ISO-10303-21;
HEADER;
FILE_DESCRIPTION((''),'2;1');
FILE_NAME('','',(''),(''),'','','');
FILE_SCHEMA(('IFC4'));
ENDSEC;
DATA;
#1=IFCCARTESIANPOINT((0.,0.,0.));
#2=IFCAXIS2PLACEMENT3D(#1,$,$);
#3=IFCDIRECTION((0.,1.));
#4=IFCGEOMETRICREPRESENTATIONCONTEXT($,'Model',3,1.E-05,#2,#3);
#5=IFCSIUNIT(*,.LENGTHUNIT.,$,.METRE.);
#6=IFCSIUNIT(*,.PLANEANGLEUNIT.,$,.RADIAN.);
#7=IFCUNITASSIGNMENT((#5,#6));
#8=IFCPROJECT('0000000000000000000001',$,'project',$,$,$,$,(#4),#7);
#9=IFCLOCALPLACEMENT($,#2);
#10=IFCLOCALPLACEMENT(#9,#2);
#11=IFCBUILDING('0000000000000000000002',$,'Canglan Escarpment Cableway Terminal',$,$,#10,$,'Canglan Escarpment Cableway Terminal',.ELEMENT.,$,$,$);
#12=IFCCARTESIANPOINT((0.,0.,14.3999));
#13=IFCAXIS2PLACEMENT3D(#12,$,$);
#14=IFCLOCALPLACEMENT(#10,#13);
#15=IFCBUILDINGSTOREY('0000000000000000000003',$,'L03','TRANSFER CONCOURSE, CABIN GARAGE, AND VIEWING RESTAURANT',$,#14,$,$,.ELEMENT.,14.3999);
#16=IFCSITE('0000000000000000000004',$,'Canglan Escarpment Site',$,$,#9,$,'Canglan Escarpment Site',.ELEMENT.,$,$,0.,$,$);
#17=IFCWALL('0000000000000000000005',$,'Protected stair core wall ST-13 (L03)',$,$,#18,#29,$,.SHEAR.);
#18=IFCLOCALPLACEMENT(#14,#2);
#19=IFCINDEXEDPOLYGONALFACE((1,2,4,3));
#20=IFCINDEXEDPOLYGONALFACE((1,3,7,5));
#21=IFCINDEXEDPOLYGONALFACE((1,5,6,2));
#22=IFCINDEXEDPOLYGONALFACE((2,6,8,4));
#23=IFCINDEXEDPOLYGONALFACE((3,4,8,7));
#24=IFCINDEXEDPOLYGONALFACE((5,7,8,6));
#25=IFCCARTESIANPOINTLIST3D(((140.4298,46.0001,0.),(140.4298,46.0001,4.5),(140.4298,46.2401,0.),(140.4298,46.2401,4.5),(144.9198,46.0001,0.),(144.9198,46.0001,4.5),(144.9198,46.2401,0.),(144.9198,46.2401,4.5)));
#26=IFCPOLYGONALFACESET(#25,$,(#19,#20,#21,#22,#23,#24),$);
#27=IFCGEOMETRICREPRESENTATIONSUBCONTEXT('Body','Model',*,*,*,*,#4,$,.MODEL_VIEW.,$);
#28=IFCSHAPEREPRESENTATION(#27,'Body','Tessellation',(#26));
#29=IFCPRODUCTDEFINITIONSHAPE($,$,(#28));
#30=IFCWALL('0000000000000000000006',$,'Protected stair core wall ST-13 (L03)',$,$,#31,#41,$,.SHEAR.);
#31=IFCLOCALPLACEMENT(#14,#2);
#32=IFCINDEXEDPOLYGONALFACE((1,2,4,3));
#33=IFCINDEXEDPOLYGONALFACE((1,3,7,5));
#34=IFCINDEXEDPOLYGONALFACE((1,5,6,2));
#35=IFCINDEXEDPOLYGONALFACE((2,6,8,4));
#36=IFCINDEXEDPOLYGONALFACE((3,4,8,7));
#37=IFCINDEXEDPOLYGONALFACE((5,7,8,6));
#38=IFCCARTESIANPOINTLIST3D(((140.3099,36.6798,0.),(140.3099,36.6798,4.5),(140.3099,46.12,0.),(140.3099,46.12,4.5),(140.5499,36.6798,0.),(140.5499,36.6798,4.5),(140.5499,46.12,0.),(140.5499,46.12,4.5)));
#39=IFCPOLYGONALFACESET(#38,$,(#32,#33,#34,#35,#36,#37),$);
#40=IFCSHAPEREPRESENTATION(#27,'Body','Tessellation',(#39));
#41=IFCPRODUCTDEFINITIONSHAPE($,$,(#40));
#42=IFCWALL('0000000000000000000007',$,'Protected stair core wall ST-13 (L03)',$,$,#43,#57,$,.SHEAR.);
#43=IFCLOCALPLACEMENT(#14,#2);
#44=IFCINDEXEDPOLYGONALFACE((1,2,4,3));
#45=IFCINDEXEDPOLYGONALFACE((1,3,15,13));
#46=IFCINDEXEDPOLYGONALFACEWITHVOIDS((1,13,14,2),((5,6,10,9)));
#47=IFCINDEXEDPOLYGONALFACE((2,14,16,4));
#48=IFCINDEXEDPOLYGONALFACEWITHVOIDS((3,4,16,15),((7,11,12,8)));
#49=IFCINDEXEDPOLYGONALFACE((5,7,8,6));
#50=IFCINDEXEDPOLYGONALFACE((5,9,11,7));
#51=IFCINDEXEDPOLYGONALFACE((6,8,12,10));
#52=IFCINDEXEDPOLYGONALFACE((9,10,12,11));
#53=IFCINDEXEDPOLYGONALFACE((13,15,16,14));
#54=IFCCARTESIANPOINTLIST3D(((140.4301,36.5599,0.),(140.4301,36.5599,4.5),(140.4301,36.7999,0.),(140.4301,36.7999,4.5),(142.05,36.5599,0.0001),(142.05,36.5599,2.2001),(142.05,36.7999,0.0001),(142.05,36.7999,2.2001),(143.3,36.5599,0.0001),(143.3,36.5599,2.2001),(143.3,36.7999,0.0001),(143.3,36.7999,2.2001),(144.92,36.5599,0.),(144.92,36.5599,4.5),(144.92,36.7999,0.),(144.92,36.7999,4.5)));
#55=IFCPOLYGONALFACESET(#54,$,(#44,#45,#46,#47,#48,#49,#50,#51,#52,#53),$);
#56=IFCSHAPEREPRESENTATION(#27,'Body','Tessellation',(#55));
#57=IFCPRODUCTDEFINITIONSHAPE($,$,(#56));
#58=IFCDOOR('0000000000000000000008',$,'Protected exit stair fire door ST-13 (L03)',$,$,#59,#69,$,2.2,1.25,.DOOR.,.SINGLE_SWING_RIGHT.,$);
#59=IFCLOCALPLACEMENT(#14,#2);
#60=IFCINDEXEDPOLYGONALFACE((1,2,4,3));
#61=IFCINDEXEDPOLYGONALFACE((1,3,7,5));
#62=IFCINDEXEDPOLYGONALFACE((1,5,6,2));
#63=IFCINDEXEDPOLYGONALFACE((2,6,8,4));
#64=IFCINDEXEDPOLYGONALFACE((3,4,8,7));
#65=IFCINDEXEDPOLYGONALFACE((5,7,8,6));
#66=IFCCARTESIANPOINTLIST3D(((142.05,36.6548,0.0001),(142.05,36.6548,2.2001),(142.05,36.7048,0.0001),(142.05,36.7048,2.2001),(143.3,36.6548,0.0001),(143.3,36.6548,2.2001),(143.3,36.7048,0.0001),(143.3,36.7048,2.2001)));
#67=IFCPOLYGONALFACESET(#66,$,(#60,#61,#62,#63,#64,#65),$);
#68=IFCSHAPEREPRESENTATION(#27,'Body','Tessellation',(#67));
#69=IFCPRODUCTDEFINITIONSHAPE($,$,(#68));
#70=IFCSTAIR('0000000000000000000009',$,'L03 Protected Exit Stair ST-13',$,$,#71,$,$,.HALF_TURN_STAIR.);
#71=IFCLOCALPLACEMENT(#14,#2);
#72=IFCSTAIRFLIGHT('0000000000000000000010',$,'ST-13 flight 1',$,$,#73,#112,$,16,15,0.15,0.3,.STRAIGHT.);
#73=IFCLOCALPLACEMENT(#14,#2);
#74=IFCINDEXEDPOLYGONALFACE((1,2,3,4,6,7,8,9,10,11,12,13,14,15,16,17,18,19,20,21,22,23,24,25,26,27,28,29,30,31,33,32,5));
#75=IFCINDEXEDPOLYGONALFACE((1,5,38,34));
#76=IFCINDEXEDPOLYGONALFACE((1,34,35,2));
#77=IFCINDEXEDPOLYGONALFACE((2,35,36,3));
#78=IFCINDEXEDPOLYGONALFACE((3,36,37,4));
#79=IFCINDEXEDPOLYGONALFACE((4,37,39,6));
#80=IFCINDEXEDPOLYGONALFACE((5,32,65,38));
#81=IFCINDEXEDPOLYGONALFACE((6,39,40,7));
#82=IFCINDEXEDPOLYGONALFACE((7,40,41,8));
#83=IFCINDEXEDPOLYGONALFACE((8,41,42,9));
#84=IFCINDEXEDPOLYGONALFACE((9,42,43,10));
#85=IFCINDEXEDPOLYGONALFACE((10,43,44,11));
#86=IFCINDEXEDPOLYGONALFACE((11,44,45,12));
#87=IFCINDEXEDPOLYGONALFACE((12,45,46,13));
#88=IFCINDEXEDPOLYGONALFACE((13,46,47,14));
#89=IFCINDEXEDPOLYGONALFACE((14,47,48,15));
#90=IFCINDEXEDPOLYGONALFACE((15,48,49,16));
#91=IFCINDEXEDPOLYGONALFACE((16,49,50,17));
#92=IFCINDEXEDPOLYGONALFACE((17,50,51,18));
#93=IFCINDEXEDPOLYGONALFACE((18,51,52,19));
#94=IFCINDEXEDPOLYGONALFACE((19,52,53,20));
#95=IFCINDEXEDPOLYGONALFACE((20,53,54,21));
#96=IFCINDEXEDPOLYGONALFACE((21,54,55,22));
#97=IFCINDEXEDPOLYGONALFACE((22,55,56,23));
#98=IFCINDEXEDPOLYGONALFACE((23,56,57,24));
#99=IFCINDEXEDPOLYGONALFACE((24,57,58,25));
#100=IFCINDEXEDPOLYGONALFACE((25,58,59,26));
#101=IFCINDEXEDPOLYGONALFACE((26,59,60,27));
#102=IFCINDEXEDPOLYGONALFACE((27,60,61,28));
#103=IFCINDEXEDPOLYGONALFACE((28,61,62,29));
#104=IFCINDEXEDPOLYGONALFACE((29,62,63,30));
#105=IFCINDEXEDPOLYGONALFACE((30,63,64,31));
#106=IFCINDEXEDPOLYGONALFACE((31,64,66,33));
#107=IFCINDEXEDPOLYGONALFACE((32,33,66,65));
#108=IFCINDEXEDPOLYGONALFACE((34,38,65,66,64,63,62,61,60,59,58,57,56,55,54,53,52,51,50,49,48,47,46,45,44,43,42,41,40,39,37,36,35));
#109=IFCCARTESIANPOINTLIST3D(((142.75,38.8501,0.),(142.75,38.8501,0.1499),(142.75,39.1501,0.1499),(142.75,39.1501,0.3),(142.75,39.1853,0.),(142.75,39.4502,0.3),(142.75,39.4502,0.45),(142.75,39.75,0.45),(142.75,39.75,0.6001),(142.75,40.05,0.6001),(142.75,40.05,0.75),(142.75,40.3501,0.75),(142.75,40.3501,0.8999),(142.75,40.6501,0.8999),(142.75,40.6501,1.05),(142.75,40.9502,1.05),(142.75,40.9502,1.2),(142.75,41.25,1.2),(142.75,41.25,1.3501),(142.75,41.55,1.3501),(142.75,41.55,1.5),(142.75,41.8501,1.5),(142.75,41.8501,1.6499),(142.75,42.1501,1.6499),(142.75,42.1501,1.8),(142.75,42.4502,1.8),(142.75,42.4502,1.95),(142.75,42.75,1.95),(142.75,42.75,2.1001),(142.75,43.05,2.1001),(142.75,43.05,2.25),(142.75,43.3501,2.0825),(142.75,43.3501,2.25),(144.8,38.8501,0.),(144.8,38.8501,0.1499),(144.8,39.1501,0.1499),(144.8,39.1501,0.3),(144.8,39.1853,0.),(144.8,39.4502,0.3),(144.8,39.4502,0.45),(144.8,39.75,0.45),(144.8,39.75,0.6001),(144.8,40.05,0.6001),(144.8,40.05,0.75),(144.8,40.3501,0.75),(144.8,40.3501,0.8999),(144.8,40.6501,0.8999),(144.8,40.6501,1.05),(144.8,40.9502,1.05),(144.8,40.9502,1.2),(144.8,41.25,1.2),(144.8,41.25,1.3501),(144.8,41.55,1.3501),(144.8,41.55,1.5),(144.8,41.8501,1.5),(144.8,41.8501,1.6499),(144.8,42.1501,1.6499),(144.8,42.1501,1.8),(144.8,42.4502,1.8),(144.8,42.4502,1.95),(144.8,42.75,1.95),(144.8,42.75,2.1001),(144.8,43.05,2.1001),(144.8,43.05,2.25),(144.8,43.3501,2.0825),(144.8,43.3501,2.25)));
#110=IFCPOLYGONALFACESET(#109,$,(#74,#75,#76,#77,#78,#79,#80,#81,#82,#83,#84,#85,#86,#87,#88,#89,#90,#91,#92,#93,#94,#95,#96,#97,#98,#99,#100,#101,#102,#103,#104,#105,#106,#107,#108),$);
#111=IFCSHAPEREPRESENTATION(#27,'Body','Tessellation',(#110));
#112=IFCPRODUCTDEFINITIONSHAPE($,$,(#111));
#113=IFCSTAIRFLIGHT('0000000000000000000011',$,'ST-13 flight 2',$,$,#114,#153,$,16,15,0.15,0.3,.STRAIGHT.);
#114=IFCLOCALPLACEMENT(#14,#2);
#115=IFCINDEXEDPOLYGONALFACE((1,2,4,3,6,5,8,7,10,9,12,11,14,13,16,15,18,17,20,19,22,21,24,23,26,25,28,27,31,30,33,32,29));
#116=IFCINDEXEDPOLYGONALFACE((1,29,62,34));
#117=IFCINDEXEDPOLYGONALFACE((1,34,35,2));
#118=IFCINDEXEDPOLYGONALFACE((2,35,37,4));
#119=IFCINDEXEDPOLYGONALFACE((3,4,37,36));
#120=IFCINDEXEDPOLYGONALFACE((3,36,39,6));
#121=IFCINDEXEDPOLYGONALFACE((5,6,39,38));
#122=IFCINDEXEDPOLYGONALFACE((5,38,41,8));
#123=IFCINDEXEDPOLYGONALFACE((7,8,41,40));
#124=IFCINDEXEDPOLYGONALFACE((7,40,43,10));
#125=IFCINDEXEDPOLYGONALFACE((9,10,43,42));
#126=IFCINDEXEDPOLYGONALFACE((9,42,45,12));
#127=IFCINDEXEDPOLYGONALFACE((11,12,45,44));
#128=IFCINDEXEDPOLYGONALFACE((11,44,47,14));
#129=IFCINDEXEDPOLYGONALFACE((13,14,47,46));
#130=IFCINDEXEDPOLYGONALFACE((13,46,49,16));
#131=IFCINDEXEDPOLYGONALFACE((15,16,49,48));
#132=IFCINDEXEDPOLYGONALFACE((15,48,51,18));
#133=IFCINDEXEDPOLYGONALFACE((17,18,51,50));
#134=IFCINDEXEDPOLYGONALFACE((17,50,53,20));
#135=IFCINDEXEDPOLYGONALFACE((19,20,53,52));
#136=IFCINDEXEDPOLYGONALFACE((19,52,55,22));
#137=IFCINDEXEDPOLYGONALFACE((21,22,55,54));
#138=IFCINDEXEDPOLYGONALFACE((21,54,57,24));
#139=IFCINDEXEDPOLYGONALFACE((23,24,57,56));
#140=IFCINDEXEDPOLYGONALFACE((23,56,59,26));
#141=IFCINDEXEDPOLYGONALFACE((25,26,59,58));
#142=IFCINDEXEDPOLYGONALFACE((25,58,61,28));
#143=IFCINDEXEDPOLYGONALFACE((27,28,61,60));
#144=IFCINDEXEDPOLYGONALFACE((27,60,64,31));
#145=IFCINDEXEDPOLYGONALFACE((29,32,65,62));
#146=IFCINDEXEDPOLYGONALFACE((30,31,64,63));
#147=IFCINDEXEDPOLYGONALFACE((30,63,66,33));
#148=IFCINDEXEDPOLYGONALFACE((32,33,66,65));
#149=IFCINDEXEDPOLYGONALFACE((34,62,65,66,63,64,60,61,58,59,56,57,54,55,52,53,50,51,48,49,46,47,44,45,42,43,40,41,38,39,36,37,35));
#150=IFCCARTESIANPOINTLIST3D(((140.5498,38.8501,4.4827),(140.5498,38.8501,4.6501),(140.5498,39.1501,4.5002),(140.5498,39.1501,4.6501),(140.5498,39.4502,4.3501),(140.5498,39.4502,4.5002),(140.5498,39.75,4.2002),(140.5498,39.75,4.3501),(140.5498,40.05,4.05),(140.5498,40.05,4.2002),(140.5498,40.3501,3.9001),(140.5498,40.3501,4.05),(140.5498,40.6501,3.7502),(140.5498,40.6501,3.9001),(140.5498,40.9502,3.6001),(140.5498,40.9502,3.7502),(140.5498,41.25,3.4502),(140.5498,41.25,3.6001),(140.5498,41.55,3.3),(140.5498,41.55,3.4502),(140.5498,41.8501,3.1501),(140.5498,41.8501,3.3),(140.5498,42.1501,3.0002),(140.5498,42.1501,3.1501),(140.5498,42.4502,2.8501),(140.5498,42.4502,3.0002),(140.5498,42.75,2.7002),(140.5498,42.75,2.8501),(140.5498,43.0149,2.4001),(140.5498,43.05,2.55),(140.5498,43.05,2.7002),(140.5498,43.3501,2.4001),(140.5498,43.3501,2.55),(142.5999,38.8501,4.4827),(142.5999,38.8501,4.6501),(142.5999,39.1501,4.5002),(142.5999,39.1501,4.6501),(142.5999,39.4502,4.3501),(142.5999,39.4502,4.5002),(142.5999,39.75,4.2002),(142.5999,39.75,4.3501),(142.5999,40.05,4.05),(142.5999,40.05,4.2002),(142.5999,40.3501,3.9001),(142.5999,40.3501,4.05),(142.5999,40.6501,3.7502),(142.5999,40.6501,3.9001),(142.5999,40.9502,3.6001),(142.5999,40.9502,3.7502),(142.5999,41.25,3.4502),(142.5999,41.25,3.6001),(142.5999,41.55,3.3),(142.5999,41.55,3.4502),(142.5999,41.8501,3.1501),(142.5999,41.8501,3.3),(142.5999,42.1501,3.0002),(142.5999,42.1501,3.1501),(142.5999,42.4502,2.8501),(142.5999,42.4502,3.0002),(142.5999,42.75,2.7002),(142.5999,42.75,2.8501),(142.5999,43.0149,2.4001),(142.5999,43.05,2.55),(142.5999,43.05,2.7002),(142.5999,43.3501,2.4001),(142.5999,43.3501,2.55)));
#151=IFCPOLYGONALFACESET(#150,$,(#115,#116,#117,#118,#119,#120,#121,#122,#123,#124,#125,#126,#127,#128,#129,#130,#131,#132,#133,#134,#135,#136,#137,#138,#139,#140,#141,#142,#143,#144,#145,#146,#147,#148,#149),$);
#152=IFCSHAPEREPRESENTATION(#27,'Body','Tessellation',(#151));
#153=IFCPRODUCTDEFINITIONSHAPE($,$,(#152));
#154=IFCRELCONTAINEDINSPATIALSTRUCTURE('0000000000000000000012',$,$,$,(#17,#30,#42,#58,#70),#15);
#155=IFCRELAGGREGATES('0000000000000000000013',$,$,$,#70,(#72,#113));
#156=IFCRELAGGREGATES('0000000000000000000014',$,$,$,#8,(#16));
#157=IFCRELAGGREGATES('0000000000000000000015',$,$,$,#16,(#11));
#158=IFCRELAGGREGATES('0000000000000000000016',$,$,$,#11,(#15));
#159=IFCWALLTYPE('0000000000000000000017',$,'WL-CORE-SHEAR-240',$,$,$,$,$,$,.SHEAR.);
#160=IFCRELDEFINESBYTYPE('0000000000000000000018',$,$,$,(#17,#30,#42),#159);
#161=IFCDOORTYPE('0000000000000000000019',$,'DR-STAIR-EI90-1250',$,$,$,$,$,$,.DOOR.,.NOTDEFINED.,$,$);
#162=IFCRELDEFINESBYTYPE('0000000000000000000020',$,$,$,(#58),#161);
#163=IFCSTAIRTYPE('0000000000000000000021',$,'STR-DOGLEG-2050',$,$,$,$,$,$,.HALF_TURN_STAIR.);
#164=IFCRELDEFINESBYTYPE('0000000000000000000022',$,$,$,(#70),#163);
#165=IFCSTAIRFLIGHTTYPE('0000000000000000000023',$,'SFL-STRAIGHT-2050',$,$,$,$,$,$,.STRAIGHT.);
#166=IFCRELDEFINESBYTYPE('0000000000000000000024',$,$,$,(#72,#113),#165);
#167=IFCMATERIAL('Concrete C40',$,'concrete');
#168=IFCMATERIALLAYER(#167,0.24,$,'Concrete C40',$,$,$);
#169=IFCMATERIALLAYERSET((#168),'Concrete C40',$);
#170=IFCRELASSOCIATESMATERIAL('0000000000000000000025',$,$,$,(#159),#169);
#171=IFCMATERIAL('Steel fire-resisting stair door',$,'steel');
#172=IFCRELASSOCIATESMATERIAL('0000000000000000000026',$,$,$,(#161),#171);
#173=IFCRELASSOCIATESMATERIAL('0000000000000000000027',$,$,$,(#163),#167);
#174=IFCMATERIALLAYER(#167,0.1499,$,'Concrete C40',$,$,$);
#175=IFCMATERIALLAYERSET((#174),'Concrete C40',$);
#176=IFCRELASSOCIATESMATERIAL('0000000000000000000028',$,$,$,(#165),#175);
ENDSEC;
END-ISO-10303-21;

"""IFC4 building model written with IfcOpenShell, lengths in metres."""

from ifc_helpers import new_model, si_unit, direction, frame, frame_2d, origin, place, context, subcontext, project, spatial, polyline, rectangle, outline, extrude, material, layer, layer_set, type_object, element, fill, aggregate, save


model = new_model("IFC4")

# Units and contexts
model_context = context("Model", 3, precision=1e-05, world=origin(), true_north=direction((0.0, 1.0)))
body_context = subcontext(model_context, "Body", "Model", "MODEL_VIEW")
ifc_project = project(units=[si_unit("LENGTHUNIT", "METRE"), si_unit("PLANEANGLEUNIT", "RADIAN")], contexts=[model_context])

# Site, building, storey
site_placement = place(None, origin())
site = spatial("IfcSite", under=ifc_project, at=site_placement, Name="Canglan Escarpment Site", LongName="Canglan Escarpment Site", CompositionType="ELEMENT", RefElevation=0.0)
building_placement = place(site_placement, origin())
building = spatial("IfcBuilding", under=site, at=building_placement, Name="Canglan Escarpment Cableway Terminal", LongName="Canglan Escarpment Cableway Terminal", CompositionType="ELEMENT")
storey_placement = place(building_placement, frame((0.0, 0.0, 14.3999)))
storey = spatial("IfcBuildingStorey", under=building, at=storey_placement, Name="L03", Description="TRANSFER CONCOURSE, CABIN GARAGE, AND VIEWING RESTAURANT", CompositionType="ELEMENT", Elevation=14.3999)

# Shared definitions
ifc_material_1 = material(Name="Concrete C40", Category="concrete")

# Walls
ifc_layer_1 = layer(ifc_material_1, 0.24, Name="Concrete C40")
ifc_layer_set_1 = layer_set([ifc_layer_1], Name="Concrete C40")
wall_type_1 = type_object("IfcWallType", Name="WL-CORE-SHEAR-240", PredefinedType="SHEAR", material=ifc_layer_set_1)
wall_1_placement = place(storey_placement, frame((144.9199, 46.1201, 0.0), z_axis=(0.0, 0.0, 1.0), x_axis=(-1.0, 0.0, 0.0)))
element("IfcWall", 1, at=wall_1_placement, inside=storey, type_object=wall_type_1, Name="Protected stair core wall ST-13 (L03)", PredefinedType="SHEAR", context=body_context, shape_type="SweptSolid", body=[
    extrude(rectangle(XDim=4.49, YDim=0.24, at=frame_2d((2.2451, 0.0))), origin(), (0.0, 0.0, 1.0), 4.5),
])
wall_2_placement = place(storey_placement, frame((140.4299, 46.1201, 0.0), z_axis=(0.0, 0.0, 1.0), x_axis=(0.0, -1.0, 0.0)))
element("IfcWall", 2, at=wall_2_placement, inside=storey, type_object=wall_type_1, Name="Protected stair core wall ST-13 (L03)", PredefinedType="SHEAR", context=body_context, shape_type="SweptSolid", body=[
    extrude(rectangle(XDim=9.4402, YDim=0.24, at=frame_2d((4.7202, 0.0))), origin(), (0.0, 0.0, 1.0), 4.5),
])

# Wall, opening, door
wall_3_placement = place(storey_placement, frame((140.4299, 36.6799, 0.0), z_axis=(0.0, 0.0, 1.0), x_axis=(1.0, 0.0, 0.0)))
wall_3 = element("IfcWall", 3, at=wall_3_placement, inside=storey, type_object=wall_type_1, Name="Protected stair core wall ST-13 (L03)", PredefinedType="SHEAR", context=body_context, shape_type="SweptSolid", body=[
    extrude(rectangle(XDim=4.49, YDim=0.24, at=frame_2d((2.2451, 0.0))), origin(), (0.0, 0.0, 1.0), 4.5),
])
opening_placement = place(wall_3_placement, frame((1.6201, 0.0, 0.0)))
opening = element("IfcOpeningElement", 4, at=opening_placement, cuts=wall_3, PredefinedType="OPENING", context=body_context, shape_type="SweptSolid", body=[
    extrude(rectangle(XDim=1.25, YDim=2.2, at=frame_2d((0.625, 1.1001))), frame((0.0, 0.1299, 0.0), z_axis=(0.0, -1.0, 0.0), x_axis=(1.0, 0.0, 0.0)), (0.0, 0.0, 1.0), 0.26),
])
ifc_material_2 = material(Name="Steel fire-resisting stair door", Category="steel")
door_type = type_object("IfcDoorType", Name="DR-STAIR-EI90-1250", OperationType="NOTDEFINED", PredefinedType="DOOR", material=ifc_material_2)
door_placement = place(opening_placement, origin())
door = element("IfcDoor", 5, at=door_placement, inside=storey, type_object=door_type, Name="Protected exit stair fire door ST-13 (L03)", OperationType="SINGLE_SWING_RIGHT", OverallHeight=2.2, OverallWidth=1.25, PredefinedType="DOOR", context=body_context, shape_type="SweptSolid", body=[
    extrude(rectangle(XDim=1.25, YDim=2.2, at=frame_2d((0.625, 1.1001))), frame((0.0, 0.0249, 0.0), z_axis=(0.0, -1.0, 0.0), x_axis=(1.0, 0.0, 0.0)), (0.0, 0.0, 1.0), 0.05),
])
fill(opening, door)

# Stair, stair flights
stair_type = type_object("IfcStairType", Name="STR-DOGLEG-2050", PredefinedType="HALF_TURN_STAIR", material=ifc_material_1)
stair_placement = place(storey_placement, origin())
stair = element("IfcStair", 6, at=stair_placement, inside=storey, type_object=stair_type, Name="L03 Protected Exit Stair ST-13", PredefinedType="HALF_TURN_STAIR")
ifc_layer_2 = layer(ifc_material_1, 0.1499, Name="Concrete C40")
ifc_layer_set_2 = layer_set([ifc_layer_2], Name="Concrete C40")
stair_flight_type = type_object("IfcStairFlightType", Name="SFL-STRAIGHT-2050", PredefinedType="STRAIGHT", material=ifc_layer_set_2)
stair_flight_1_placement = place(storey_placement, frame((143.7749, 38.8501, 0.0), z_axis=(0.0, 0.0, 1.0), x_axis=(0.0, 1.0, 0.0)))
stair_flight_1 = element("IfcStairFlight", 7, at=stair_flight_1_placement, type_object=stair_flight_type, Name="ST-13 flight 1", NumberOfRisers=16, NumberOfTreads=15, PredefinedType="STRAIGHT", RiserHeight=0.15, TreadLength=0.3, context=body_context, shape_type="SweptSolid", body=[
    extrude(outline(polyline([(0.0, 0.0), (0.0, 0.1499), (0.3, 0.1499), (0.3, 0.3), (0.6001, 0.3), (0.6001, 0.45), (0.8999, 0.45), (0.8999, 0.6001), (1.2, 0.6001), (1.2, 0.75), (1.5, 0.75), (1.5, 0.8999), (1.8, 0.8999), (1.8, 1.05), (2.1001, 1.05), (2.1001, 1.2), (2.3999, 1.2), (2.3999, 1.3501), (2.7, 1.3501), (2.7, 1.5), (3.0, 1.5), (3.0, 1.6499), (3.3, 1.6499), (3.3, 1.8), (3.6001, 1.8), (3.6001, 1.95), (3.8999, 1.95), (3.8999, 2.1001), (4.2, 2.1001), (4.2, 2.25), (4.5, 2.25), (4.5, 2.3999), (4.5, 2.0825), (0.3352, 0.0), (0.0, 0.0)])), frame((0.0, 1.0249, 0.0), z_axis=(0.0, -1.0, 0.0), x_axis=(1.0, 0.0, 0.0)), (0.0, 0.0, 1.0), 2.05),
])
stair_flight_2_placement = place(storey_placement, frame((141.575, 43.3501, 2.4001), z_axis=(0.0, 0.0, 1.0), x_axis=(0.0, -1.0, 0.0)))
stair_flight_2 = element("IfcStairFlight", 8, at=stair_flight_2_placement, type_object=stair_flight_type, Name="ST-13 flight 2", NumberOfRisers=16, NumberOfTreads=15, PredefinedType="STRAIGHT", RiserHeight=0.15, TreadLength=0.3, context=body_context, shape_type="SweptSolid", body=[
    extrude(outline(polyline([(0.0, 0.0), (0.0, 0.1499), (0.3, 0.1499), (0.3, 0.3), (0.6001, 0.3), (0.6001, 0.45), (0.8999, 0.45), (0.8999, 0.6001), (1.2, 0.6001), (1.2, 0.75), (1.5, 0.75), (1.5, 0.8999), (1.8, 0.8999), (1.8, 1.05), (2.1001, 1.05), (2.1001, 1.2), (2.3999, 1.2), (2.3999, 1.3501), (2.7, 1.3501), (2.7, 1.5), (3.0, 1.5), (3.0, 1.6499), (3.3, 1.6499), (3.3, 1.8), (3.6001, 1.8), (3.6001, 1.95), (3.8999, 1.95), (3.8999, 2.1001), (4.2, 2.1001), (4.2, 2.25), (4.5, 2.25), (4.5, 2.3999), (4.5, 2.0825), (0.3352, 0.0), (0.0, 0.0)])), frame((0.0, 1.0249, 0.0), z_axis=(0.0, -1.0, 0.0), x_axis=(1.0, 0.0, 0.0)), (0.0, 0.0, 1.0), 2.05),
])
aggregate(stair, [stair_flight_1, stair_flight_2])

save(model, "model.ifc")
